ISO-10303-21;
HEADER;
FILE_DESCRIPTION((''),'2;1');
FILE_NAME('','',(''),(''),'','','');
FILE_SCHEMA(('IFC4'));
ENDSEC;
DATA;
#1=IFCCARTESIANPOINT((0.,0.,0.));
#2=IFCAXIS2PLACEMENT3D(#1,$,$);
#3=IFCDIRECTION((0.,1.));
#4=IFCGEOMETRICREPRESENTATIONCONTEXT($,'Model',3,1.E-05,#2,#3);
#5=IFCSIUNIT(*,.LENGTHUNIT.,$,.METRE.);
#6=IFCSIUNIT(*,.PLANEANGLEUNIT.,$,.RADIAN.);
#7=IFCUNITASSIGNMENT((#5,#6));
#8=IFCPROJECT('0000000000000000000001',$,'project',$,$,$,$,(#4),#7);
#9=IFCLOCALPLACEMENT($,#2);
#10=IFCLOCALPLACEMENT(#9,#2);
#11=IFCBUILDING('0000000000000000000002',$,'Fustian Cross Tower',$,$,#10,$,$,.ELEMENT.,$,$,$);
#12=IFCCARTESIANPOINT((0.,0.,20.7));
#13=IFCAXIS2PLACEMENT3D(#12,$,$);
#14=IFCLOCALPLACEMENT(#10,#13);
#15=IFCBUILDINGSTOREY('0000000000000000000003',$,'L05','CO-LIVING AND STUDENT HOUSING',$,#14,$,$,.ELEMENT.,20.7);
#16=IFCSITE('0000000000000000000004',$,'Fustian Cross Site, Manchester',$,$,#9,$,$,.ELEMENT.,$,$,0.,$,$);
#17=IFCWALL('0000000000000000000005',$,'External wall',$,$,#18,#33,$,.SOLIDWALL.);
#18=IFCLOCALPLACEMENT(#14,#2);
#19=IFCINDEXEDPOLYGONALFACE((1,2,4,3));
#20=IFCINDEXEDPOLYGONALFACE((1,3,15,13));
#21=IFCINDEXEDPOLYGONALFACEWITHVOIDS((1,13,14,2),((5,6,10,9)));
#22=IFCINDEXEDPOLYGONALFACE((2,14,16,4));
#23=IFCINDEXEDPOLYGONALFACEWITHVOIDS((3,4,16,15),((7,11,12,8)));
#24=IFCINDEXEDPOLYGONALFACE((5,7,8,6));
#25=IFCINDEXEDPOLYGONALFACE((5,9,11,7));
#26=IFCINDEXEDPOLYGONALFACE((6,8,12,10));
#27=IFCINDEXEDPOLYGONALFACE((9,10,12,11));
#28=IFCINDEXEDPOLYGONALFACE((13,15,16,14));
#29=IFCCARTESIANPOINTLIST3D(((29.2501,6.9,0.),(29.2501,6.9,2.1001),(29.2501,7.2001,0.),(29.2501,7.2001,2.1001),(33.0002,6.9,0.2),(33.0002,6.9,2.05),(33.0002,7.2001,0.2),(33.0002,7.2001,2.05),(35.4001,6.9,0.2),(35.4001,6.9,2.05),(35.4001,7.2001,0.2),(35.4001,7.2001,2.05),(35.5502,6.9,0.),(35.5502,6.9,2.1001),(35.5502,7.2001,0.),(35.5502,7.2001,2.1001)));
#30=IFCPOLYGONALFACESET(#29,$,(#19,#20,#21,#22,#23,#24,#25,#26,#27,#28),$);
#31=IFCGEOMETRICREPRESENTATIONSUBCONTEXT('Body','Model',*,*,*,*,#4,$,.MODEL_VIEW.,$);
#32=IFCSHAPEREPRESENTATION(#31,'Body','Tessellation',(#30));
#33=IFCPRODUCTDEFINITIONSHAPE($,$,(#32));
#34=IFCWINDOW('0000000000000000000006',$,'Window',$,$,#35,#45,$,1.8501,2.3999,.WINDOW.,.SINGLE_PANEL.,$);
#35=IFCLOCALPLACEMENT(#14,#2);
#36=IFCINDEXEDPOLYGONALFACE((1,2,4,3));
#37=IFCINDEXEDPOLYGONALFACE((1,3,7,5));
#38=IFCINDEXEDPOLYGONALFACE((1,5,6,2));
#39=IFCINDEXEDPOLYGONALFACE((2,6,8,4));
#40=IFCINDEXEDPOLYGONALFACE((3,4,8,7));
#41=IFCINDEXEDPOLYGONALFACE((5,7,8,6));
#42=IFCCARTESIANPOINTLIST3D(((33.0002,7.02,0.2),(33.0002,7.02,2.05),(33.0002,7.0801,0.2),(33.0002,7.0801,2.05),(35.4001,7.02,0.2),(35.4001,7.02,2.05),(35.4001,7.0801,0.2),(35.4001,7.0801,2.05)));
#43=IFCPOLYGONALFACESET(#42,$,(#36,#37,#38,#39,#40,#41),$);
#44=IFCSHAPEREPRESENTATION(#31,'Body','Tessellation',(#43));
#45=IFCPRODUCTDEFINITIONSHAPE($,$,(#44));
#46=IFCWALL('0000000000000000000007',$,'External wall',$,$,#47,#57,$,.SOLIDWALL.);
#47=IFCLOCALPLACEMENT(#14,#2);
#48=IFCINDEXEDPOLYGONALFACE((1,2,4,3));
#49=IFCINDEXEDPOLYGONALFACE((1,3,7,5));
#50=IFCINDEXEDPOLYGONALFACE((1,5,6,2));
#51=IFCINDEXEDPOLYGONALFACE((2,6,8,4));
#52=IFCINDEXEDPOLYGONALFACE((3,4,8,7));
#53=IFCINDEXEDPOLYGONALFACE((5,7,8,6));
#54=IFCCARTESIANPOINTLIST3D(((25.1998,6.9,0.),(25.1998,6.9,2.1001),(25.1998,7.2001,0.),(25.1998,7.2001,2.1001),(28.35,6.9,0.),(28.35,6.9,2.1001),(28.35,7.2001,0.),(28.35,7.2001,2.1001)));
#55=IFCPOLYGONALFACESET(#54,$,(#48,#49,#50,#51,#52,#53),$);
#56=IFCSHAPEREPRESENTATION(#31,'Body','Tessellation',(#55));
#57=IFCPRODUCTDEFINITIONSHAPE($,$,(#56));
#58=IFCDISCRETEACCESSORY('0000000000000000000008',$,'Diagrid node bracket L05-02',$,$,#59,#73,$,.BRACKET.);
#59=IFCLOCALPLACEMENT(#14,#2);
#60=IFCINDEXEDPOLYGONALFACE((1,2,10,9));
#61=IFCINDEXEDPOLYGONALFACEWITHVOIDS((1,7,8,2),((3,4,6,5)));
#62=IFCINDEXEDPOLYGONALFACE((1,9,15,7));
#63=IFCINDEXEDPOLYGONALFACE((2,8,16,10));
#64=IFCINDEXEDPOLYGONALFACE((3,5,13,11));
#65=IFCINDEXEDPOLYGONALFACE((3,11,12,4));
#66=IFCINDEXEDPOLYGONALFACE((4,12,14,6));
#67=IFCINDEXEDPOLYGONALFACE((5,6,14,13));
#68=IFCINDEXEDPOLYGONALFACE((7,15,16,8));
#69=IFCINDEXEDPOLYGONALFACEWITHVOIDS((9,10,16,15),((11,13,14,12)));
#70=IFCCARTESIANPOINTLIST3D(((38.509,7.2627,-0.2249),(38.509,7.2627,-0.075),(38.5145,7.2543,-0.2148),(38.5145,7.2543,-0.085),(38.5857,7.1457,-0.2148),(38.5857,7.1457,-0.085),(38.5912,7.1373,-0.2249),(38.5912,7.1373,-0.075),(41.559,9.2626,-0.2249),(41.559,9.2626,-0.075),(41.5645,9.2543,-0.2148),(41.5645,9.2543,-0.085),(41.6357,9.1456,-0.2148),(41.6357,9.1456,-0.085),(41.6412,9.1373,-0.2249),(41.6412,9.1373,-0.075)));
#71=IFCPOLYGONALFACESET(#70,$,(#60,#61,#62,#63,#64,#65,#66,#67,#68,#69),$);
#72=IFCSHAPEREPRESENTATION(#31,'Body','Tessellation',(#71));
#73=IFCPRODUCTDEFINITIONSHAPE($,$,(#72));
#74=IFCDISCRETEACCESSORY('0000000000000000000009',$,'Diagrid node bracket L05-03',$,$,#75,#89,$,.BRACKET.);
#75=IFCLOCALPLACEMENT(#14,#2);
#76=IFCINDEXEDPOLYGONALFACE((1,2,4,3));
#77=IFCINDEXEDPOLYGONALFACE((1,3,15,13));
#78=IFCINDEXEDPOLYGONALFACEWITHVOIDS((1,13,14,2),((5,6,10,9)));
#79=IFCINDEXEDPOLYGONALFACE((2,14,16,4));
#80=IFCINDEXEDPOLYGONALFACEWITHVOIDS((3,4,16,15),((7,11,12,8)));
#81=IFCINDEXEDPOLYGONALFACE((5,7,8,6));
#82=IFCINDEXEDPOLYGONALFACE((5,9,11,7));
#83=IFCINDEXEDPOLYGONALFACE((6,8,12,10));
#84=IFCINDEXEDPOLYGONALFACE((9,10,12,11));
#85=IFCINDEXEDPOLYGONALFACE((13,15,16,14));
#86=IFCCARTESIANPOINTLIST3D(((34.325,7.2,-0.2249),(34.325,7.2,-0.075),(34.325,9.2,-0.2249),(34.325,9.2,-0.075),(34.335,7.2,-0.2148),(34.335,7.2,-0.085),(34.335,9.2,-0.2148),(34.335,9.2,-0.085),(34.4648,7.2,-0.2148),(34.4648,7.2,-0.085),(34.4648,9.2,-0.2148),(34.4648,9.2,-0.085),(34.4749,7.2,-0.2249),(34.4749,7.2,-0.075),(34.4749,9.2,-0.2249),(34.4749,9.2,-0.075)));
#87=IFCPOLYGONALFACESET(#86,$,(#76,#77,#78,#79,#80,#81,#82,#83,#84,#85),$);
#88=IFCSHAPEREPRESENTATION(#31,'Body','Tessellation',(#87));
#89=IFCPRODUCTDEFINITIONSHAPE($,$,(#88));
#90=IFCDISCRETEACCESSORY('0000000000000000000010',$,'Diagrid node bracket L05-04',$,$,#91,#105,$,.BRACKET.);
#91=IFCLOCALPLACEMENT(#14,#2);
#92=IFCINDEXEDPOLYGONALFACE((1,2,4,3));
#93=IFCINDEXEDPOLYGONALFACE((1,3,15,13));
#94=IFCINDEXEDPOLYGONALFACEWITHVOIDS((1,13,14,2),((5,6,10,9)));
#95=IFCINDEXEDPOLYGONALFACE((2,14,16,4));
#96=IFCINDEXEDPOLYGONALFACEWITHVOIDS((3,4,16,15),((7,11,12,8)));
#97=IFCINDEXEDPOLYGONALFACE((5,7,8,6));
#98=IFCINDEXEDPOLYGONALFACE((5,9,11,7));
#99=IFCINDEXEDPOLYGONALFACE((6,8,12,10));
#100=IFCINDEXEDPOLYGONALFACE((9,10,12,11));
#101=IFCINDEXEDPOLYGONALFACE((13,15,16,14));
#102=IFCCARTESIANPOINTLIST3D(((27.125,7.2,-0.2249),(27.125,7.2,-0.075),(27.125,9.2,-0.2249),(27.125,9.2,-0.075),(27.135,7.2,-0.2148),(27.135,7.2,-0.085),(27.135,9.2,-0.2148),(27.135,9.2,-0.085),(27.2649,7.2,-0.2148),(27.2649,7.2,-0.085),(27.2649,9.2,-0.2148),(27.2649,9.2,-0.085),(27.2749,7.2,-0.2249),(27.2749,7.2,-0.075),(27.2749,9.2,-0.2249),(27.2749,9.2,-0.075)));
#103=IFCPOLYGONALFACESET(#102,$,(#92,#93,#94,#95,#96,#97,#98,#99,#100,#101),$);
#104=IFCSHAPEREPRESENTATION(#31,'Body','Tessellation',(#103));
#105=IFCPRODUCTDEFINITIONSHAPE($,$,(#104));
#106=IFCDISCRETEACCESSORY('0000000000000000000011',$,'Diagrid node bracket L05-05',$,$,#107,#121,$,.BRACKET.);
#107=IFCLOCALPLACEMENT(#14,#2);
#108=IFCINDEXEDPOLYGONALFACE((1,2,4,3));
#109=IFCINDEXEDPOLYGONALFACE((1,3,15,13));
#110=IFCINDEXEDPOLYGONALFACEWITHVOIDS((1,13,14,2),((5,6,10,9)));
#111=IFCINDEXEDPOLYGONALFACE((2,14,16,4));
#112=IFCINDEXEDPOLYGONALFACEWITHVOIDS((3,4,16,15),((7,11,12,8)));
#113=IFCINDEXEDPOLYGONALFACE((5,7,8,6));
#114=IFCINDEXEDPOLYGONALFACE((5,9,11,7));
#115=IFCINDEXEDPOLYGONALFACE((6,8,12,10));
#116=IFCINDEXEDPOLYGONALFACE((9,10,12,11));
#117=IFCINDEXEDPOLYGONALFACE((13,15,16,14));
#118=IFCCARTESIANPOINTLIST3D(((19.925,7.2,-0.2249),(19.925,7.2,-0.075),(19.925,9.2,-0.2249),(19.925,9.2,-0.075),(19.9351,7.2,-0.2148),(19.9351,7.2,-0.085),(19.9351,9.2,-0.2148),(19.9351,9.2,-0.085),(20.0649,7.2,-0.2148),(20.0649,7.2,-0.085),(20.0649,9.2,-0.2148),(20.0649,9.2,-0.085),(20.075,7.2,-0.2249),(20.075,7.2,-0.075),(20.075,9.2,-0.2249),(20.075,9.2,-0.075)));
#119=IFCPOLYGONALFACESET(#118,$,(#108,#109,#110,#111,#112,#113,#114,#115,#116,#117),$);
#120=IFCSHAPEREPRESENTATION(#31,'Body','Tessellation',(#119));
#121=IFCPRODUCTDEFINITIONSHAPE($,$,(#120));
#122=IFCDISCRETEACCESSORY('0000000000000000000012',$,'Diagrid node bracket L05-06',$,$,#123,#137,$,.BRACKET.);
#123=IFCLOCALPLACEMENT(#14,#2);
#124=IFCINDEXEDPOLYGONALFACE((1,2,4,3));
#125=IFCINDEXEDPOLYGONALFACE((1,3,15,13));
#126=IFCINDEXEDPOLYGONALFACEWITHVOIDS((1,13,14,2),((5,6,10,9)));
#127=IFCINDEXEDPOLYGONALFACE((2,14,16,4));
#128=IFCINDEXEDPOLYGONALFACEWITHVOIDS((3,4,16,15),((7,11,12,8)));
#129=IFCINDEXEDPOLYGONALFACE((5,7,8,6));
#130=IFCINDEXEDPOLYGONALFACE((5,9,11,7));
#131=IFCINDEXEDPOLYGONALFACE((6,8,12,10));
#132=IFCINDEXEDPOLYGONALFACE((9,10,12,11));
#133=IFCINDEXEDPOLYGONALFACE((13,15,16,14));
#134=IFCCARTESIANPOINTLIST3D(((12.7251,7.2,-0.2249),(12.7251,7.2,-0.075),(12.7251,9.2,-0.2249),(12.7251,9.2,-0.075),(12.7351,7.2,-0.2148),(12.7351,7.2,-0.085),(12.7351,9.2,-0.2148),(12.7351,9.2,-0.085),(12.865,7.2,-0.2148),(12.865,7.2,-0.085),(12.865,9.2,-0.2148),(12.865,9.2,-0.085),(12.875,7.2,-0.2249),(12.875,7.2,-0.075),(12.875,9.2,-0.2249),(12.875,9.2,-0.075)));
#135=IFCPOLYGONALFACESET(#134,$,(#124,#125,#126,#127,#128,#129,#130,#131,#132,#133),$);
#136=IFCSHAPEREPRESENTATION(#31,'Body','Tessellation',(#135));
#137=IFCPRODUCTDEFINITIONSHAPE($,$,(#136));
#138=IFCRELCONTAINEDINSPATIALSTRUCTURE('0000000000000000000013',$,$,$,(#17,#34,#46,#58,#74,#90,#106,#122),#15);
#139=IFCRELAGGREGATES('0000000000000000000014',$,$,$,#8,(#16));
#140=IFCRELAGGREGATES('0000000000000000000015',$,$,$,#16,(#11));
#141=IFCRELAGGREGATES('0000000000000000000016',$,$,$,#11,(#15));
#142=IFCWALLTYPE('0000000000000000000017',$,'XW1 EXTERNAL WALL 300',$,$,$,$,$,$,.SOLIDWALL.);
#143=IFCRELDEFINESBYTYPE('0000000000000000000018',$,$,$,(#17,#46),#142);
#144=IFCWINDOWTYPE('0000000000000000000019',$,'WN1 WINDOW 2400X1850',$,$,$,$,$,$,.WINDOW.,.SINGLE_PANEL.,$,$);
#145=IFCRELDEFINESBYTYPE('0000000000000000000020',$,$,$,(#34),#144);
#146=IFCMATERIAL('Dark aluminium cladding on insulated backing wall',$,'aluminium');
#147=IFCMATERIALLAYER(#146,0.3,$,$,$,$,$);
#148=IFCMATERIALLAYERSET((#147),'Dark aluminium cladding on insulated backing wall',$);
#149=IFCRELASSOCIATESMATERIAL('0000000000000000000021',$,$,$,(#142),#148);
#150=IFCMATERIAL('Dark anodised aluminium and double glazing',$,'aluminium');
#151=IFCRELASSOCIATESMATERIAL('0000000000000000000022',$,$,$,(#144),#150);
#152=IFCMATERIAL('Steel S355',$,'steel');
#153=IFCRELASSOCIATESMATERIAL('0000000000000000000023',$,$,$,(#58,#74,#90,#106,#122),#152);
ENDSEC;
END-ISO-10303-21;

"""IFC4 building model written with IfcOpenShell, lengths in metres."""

from ifc_helpers import new_model, si_unit, direction, frame, frame_2d, origin, origin_2d, place, context, subcontext, project, spatial, rectangle, hollow_rectangle, extrude, material, layer, layer_set, type_object, element, fill, save


model = new_model("IFC4")

# Units and contexts
model_context = context("Model", 3, precision=1e-05, world=origin(), true_north=direction((0.0, 1.0)))
body_context = subcontext(model_context, "Body", "Model", "MODEL_VIEW")
ifc_project = project(units=[si_unit("LENGTHUNIT", "METRE"), si_unit("PLANEANGLEUNIT", "RADIAN")], contexts=[model_context])

# Site, building, storey
site_placement = place(None, origin())
site = spatial("IfcSite", under=ifc_project, at=site_placement, Name="Fustian Cross Site, Manchester", CompositionType="ELEMENT", RefElevation=0.0)
building_placement = place(site_placement, origin())
building = spatial("IfcBuilding", under=site, at=building_placement, Name="Fustian Cross Tower", CompositionType="ELEMENT")
storey_placement = place(building_placement, frame((0.0, 0.0, 20.7)))
storey = spatial("IfcBuildingStorey", under=building, at=storey_placement, Name="L05", Description="CO-LIVING AND STUDENT HOUSING", CompositionType="ELEMENT", Elevation=20.7)

# Wall, opening, window
ifc_material_1 = material(Name="Dark aluminium cladding on insulated backing wall", Category="aluminium")
ifc_layer = layer(ifc_material_1, 0.3)
ifc_layer_set = layer_set([ifc_layer], Name="Dark aluminium cladding on insulated backing wall")
wall_type = type_object("IfcWallType", Name="XW1 EXTERNAL WALL 300", PredefinedType="SOLIDWALL", material=ifc_layer_set)
wall_1_placement = place(storey_placement, frame((35.55, 7.05, 0.0), z_axis=(0.0, 0.0, 1.0), x_axis=(-1.0, 0.0, 0.0)))
wall_1 = element("IfcWall", 1, at=wall_1_placement, inside=storey, type_object=wall_type, Name="External wall", PredefinedType="SOLIDWALL", context=body_context, shape_type="SweptSolid", body=[
    extrude(rectangle(XDim=6.3, YDim=0.3, at=frame_2d((3.1499, 0.0))), origin(), (0.0, 0.0, 1.0), 2.1001),
])
opening_1_placement = place(wall_1_placement, frame((0.1499, 0.0, 0.2)))
opening_1 = element("IfcOpeningElement", 2, at=opening_1_placement, cuts=wall_1, PredefinedType="OPENING", context=body_context, shape_type="SweptSolid", body=[
    extrude(rectangle(XDim=2.3999, YDim=1.8501, at=frame_2d((1.2, 0.925))), frame((0.0, 0.1599, 0.0), z_axis=(0.0, -1.0, 0.0), x_axis=(1.0, 0.0, 0.0)), (0.0, 0.0, 1.0), 0.3201),
])
ifc_material_2 = material(Name="Dark anodised aluminium and double glazing", Category="aluminium")
window_type_1 = type_object("IfcWindowType", Name="WN1 WINDOW 2400X1850", PartitioningType="SINGLE_PANEL", PredefinedType="WINDOW", material=ifc_material_2)
window_1_placement = place(opening_1_placement, origin())
window_1 = element("IfcWindow", 3, at=window_1_placement, inside=storey, type_object=window_type_1, Name="Window", OverallHeight=1.8501, OverallWidth=2.3999, PartitioningType="SINGLE_PANEL", PredefinedType="WINDOW", context=body_context, shape_type="SweptSolid", body=[
    extrude(rectangle(XDim=2.3999, YDim=1.8501, at=frame_2d((1.2, 0.925))), frame((0.0, 0.03, 0.0), z_axis=(0.0, -1.0, 0.0), x_axis=(1.0, 0.0, 0.0)), (0.0, 0.0, 1.0), 0.0601),
])
fill(opening_1, window_1)

# Wall
wall_2_placement = place(storey_placement, frame((28.3501, 7.05, 0.0), z_axis=(0.0, 0.0, 1.0), x_axis=(-1.0, 0.0, 0.0)))
element("IfcWall", 4, at=wall_2_placement, inside=storey, type_object=wall_type, Name="External wall", PredefinedType="SOLIDWALL", context=body_context, shape_type="SweptSolid", body=[
    extrude(rectangle(XDim=3.1501, YDim=0.3, at=frame_2d((1.5752, 0.0))), origin(), (0.0, 0.0, 1.0), 2.1001),
])

# Discrete accessories
ifc_material_3 = material(Name="Steel S355", Category="steel")
discrete_accessory_placement = place(storey_placement, frame((41.6001, 9.2, -0.1499), z_axis=(-0.836248, -0.548351, 0.0), x_axis=(0.548351, -0.836248, 0.0)))
element("IfcDiscreteAccessory", 5, at=discrete_accessory_placement, inside=storey, material=ifc_material_3, Name="Diagrid node bracket L05-02", PredefinedType="BRACKET", context=body_context, shape_type="SweptSolid", body=[
    extrude(hollow_rectangle(XDim=0.1499, YDim=0.1499, WallThickness=0.01, at=origin_2d()), origin(), (0.0, 0.0, 1.0), 3.6472),
])
for number, where, z_axis, x_axis, name in (
    (6, (34.3999, 9.2, -0.1499), (0.0, -1.0, 0.0), (1.0, 0.0, 0.0), "Diagrid node bracket L05-03"),
    (7, (27.2, 9.2, -0.1499), (0.0, -1.0, 0.0), (1.0, 0.0, 0.0), "Diagrid node bracket L05-04"),
    (8, (20.0, 9.2, -0.1499), (0.0, -1.0, 0.0), (1.0, 0.0, 0.0), "Diagrid node bracket L05-05"),
    (9, (12.8, 9.2, -0.1499), (0.0, -1.0, 0.0), (1.0, 0.0, 0.0), "Diagrid node bracket L05-06"),
):
    element("IfcDiscreteAccessory", number, at=place(storey_placement, frame(where, z_axis=z_axis, x_axis=x_axis)), inside=storey, material=ifc_material_3, Name=name, PredefinedType="BRACKET", context=body_context, shape_type="SweptSolid", body=[
        extrude(hollow_rectangle(XDim=0.1499, YDim=0.1499, WallThickness=0.01, at=origin_2d()), origin(), (0.0, 0.0, 1.0), 2.0),
    ])

save(model, "model.ifc")
